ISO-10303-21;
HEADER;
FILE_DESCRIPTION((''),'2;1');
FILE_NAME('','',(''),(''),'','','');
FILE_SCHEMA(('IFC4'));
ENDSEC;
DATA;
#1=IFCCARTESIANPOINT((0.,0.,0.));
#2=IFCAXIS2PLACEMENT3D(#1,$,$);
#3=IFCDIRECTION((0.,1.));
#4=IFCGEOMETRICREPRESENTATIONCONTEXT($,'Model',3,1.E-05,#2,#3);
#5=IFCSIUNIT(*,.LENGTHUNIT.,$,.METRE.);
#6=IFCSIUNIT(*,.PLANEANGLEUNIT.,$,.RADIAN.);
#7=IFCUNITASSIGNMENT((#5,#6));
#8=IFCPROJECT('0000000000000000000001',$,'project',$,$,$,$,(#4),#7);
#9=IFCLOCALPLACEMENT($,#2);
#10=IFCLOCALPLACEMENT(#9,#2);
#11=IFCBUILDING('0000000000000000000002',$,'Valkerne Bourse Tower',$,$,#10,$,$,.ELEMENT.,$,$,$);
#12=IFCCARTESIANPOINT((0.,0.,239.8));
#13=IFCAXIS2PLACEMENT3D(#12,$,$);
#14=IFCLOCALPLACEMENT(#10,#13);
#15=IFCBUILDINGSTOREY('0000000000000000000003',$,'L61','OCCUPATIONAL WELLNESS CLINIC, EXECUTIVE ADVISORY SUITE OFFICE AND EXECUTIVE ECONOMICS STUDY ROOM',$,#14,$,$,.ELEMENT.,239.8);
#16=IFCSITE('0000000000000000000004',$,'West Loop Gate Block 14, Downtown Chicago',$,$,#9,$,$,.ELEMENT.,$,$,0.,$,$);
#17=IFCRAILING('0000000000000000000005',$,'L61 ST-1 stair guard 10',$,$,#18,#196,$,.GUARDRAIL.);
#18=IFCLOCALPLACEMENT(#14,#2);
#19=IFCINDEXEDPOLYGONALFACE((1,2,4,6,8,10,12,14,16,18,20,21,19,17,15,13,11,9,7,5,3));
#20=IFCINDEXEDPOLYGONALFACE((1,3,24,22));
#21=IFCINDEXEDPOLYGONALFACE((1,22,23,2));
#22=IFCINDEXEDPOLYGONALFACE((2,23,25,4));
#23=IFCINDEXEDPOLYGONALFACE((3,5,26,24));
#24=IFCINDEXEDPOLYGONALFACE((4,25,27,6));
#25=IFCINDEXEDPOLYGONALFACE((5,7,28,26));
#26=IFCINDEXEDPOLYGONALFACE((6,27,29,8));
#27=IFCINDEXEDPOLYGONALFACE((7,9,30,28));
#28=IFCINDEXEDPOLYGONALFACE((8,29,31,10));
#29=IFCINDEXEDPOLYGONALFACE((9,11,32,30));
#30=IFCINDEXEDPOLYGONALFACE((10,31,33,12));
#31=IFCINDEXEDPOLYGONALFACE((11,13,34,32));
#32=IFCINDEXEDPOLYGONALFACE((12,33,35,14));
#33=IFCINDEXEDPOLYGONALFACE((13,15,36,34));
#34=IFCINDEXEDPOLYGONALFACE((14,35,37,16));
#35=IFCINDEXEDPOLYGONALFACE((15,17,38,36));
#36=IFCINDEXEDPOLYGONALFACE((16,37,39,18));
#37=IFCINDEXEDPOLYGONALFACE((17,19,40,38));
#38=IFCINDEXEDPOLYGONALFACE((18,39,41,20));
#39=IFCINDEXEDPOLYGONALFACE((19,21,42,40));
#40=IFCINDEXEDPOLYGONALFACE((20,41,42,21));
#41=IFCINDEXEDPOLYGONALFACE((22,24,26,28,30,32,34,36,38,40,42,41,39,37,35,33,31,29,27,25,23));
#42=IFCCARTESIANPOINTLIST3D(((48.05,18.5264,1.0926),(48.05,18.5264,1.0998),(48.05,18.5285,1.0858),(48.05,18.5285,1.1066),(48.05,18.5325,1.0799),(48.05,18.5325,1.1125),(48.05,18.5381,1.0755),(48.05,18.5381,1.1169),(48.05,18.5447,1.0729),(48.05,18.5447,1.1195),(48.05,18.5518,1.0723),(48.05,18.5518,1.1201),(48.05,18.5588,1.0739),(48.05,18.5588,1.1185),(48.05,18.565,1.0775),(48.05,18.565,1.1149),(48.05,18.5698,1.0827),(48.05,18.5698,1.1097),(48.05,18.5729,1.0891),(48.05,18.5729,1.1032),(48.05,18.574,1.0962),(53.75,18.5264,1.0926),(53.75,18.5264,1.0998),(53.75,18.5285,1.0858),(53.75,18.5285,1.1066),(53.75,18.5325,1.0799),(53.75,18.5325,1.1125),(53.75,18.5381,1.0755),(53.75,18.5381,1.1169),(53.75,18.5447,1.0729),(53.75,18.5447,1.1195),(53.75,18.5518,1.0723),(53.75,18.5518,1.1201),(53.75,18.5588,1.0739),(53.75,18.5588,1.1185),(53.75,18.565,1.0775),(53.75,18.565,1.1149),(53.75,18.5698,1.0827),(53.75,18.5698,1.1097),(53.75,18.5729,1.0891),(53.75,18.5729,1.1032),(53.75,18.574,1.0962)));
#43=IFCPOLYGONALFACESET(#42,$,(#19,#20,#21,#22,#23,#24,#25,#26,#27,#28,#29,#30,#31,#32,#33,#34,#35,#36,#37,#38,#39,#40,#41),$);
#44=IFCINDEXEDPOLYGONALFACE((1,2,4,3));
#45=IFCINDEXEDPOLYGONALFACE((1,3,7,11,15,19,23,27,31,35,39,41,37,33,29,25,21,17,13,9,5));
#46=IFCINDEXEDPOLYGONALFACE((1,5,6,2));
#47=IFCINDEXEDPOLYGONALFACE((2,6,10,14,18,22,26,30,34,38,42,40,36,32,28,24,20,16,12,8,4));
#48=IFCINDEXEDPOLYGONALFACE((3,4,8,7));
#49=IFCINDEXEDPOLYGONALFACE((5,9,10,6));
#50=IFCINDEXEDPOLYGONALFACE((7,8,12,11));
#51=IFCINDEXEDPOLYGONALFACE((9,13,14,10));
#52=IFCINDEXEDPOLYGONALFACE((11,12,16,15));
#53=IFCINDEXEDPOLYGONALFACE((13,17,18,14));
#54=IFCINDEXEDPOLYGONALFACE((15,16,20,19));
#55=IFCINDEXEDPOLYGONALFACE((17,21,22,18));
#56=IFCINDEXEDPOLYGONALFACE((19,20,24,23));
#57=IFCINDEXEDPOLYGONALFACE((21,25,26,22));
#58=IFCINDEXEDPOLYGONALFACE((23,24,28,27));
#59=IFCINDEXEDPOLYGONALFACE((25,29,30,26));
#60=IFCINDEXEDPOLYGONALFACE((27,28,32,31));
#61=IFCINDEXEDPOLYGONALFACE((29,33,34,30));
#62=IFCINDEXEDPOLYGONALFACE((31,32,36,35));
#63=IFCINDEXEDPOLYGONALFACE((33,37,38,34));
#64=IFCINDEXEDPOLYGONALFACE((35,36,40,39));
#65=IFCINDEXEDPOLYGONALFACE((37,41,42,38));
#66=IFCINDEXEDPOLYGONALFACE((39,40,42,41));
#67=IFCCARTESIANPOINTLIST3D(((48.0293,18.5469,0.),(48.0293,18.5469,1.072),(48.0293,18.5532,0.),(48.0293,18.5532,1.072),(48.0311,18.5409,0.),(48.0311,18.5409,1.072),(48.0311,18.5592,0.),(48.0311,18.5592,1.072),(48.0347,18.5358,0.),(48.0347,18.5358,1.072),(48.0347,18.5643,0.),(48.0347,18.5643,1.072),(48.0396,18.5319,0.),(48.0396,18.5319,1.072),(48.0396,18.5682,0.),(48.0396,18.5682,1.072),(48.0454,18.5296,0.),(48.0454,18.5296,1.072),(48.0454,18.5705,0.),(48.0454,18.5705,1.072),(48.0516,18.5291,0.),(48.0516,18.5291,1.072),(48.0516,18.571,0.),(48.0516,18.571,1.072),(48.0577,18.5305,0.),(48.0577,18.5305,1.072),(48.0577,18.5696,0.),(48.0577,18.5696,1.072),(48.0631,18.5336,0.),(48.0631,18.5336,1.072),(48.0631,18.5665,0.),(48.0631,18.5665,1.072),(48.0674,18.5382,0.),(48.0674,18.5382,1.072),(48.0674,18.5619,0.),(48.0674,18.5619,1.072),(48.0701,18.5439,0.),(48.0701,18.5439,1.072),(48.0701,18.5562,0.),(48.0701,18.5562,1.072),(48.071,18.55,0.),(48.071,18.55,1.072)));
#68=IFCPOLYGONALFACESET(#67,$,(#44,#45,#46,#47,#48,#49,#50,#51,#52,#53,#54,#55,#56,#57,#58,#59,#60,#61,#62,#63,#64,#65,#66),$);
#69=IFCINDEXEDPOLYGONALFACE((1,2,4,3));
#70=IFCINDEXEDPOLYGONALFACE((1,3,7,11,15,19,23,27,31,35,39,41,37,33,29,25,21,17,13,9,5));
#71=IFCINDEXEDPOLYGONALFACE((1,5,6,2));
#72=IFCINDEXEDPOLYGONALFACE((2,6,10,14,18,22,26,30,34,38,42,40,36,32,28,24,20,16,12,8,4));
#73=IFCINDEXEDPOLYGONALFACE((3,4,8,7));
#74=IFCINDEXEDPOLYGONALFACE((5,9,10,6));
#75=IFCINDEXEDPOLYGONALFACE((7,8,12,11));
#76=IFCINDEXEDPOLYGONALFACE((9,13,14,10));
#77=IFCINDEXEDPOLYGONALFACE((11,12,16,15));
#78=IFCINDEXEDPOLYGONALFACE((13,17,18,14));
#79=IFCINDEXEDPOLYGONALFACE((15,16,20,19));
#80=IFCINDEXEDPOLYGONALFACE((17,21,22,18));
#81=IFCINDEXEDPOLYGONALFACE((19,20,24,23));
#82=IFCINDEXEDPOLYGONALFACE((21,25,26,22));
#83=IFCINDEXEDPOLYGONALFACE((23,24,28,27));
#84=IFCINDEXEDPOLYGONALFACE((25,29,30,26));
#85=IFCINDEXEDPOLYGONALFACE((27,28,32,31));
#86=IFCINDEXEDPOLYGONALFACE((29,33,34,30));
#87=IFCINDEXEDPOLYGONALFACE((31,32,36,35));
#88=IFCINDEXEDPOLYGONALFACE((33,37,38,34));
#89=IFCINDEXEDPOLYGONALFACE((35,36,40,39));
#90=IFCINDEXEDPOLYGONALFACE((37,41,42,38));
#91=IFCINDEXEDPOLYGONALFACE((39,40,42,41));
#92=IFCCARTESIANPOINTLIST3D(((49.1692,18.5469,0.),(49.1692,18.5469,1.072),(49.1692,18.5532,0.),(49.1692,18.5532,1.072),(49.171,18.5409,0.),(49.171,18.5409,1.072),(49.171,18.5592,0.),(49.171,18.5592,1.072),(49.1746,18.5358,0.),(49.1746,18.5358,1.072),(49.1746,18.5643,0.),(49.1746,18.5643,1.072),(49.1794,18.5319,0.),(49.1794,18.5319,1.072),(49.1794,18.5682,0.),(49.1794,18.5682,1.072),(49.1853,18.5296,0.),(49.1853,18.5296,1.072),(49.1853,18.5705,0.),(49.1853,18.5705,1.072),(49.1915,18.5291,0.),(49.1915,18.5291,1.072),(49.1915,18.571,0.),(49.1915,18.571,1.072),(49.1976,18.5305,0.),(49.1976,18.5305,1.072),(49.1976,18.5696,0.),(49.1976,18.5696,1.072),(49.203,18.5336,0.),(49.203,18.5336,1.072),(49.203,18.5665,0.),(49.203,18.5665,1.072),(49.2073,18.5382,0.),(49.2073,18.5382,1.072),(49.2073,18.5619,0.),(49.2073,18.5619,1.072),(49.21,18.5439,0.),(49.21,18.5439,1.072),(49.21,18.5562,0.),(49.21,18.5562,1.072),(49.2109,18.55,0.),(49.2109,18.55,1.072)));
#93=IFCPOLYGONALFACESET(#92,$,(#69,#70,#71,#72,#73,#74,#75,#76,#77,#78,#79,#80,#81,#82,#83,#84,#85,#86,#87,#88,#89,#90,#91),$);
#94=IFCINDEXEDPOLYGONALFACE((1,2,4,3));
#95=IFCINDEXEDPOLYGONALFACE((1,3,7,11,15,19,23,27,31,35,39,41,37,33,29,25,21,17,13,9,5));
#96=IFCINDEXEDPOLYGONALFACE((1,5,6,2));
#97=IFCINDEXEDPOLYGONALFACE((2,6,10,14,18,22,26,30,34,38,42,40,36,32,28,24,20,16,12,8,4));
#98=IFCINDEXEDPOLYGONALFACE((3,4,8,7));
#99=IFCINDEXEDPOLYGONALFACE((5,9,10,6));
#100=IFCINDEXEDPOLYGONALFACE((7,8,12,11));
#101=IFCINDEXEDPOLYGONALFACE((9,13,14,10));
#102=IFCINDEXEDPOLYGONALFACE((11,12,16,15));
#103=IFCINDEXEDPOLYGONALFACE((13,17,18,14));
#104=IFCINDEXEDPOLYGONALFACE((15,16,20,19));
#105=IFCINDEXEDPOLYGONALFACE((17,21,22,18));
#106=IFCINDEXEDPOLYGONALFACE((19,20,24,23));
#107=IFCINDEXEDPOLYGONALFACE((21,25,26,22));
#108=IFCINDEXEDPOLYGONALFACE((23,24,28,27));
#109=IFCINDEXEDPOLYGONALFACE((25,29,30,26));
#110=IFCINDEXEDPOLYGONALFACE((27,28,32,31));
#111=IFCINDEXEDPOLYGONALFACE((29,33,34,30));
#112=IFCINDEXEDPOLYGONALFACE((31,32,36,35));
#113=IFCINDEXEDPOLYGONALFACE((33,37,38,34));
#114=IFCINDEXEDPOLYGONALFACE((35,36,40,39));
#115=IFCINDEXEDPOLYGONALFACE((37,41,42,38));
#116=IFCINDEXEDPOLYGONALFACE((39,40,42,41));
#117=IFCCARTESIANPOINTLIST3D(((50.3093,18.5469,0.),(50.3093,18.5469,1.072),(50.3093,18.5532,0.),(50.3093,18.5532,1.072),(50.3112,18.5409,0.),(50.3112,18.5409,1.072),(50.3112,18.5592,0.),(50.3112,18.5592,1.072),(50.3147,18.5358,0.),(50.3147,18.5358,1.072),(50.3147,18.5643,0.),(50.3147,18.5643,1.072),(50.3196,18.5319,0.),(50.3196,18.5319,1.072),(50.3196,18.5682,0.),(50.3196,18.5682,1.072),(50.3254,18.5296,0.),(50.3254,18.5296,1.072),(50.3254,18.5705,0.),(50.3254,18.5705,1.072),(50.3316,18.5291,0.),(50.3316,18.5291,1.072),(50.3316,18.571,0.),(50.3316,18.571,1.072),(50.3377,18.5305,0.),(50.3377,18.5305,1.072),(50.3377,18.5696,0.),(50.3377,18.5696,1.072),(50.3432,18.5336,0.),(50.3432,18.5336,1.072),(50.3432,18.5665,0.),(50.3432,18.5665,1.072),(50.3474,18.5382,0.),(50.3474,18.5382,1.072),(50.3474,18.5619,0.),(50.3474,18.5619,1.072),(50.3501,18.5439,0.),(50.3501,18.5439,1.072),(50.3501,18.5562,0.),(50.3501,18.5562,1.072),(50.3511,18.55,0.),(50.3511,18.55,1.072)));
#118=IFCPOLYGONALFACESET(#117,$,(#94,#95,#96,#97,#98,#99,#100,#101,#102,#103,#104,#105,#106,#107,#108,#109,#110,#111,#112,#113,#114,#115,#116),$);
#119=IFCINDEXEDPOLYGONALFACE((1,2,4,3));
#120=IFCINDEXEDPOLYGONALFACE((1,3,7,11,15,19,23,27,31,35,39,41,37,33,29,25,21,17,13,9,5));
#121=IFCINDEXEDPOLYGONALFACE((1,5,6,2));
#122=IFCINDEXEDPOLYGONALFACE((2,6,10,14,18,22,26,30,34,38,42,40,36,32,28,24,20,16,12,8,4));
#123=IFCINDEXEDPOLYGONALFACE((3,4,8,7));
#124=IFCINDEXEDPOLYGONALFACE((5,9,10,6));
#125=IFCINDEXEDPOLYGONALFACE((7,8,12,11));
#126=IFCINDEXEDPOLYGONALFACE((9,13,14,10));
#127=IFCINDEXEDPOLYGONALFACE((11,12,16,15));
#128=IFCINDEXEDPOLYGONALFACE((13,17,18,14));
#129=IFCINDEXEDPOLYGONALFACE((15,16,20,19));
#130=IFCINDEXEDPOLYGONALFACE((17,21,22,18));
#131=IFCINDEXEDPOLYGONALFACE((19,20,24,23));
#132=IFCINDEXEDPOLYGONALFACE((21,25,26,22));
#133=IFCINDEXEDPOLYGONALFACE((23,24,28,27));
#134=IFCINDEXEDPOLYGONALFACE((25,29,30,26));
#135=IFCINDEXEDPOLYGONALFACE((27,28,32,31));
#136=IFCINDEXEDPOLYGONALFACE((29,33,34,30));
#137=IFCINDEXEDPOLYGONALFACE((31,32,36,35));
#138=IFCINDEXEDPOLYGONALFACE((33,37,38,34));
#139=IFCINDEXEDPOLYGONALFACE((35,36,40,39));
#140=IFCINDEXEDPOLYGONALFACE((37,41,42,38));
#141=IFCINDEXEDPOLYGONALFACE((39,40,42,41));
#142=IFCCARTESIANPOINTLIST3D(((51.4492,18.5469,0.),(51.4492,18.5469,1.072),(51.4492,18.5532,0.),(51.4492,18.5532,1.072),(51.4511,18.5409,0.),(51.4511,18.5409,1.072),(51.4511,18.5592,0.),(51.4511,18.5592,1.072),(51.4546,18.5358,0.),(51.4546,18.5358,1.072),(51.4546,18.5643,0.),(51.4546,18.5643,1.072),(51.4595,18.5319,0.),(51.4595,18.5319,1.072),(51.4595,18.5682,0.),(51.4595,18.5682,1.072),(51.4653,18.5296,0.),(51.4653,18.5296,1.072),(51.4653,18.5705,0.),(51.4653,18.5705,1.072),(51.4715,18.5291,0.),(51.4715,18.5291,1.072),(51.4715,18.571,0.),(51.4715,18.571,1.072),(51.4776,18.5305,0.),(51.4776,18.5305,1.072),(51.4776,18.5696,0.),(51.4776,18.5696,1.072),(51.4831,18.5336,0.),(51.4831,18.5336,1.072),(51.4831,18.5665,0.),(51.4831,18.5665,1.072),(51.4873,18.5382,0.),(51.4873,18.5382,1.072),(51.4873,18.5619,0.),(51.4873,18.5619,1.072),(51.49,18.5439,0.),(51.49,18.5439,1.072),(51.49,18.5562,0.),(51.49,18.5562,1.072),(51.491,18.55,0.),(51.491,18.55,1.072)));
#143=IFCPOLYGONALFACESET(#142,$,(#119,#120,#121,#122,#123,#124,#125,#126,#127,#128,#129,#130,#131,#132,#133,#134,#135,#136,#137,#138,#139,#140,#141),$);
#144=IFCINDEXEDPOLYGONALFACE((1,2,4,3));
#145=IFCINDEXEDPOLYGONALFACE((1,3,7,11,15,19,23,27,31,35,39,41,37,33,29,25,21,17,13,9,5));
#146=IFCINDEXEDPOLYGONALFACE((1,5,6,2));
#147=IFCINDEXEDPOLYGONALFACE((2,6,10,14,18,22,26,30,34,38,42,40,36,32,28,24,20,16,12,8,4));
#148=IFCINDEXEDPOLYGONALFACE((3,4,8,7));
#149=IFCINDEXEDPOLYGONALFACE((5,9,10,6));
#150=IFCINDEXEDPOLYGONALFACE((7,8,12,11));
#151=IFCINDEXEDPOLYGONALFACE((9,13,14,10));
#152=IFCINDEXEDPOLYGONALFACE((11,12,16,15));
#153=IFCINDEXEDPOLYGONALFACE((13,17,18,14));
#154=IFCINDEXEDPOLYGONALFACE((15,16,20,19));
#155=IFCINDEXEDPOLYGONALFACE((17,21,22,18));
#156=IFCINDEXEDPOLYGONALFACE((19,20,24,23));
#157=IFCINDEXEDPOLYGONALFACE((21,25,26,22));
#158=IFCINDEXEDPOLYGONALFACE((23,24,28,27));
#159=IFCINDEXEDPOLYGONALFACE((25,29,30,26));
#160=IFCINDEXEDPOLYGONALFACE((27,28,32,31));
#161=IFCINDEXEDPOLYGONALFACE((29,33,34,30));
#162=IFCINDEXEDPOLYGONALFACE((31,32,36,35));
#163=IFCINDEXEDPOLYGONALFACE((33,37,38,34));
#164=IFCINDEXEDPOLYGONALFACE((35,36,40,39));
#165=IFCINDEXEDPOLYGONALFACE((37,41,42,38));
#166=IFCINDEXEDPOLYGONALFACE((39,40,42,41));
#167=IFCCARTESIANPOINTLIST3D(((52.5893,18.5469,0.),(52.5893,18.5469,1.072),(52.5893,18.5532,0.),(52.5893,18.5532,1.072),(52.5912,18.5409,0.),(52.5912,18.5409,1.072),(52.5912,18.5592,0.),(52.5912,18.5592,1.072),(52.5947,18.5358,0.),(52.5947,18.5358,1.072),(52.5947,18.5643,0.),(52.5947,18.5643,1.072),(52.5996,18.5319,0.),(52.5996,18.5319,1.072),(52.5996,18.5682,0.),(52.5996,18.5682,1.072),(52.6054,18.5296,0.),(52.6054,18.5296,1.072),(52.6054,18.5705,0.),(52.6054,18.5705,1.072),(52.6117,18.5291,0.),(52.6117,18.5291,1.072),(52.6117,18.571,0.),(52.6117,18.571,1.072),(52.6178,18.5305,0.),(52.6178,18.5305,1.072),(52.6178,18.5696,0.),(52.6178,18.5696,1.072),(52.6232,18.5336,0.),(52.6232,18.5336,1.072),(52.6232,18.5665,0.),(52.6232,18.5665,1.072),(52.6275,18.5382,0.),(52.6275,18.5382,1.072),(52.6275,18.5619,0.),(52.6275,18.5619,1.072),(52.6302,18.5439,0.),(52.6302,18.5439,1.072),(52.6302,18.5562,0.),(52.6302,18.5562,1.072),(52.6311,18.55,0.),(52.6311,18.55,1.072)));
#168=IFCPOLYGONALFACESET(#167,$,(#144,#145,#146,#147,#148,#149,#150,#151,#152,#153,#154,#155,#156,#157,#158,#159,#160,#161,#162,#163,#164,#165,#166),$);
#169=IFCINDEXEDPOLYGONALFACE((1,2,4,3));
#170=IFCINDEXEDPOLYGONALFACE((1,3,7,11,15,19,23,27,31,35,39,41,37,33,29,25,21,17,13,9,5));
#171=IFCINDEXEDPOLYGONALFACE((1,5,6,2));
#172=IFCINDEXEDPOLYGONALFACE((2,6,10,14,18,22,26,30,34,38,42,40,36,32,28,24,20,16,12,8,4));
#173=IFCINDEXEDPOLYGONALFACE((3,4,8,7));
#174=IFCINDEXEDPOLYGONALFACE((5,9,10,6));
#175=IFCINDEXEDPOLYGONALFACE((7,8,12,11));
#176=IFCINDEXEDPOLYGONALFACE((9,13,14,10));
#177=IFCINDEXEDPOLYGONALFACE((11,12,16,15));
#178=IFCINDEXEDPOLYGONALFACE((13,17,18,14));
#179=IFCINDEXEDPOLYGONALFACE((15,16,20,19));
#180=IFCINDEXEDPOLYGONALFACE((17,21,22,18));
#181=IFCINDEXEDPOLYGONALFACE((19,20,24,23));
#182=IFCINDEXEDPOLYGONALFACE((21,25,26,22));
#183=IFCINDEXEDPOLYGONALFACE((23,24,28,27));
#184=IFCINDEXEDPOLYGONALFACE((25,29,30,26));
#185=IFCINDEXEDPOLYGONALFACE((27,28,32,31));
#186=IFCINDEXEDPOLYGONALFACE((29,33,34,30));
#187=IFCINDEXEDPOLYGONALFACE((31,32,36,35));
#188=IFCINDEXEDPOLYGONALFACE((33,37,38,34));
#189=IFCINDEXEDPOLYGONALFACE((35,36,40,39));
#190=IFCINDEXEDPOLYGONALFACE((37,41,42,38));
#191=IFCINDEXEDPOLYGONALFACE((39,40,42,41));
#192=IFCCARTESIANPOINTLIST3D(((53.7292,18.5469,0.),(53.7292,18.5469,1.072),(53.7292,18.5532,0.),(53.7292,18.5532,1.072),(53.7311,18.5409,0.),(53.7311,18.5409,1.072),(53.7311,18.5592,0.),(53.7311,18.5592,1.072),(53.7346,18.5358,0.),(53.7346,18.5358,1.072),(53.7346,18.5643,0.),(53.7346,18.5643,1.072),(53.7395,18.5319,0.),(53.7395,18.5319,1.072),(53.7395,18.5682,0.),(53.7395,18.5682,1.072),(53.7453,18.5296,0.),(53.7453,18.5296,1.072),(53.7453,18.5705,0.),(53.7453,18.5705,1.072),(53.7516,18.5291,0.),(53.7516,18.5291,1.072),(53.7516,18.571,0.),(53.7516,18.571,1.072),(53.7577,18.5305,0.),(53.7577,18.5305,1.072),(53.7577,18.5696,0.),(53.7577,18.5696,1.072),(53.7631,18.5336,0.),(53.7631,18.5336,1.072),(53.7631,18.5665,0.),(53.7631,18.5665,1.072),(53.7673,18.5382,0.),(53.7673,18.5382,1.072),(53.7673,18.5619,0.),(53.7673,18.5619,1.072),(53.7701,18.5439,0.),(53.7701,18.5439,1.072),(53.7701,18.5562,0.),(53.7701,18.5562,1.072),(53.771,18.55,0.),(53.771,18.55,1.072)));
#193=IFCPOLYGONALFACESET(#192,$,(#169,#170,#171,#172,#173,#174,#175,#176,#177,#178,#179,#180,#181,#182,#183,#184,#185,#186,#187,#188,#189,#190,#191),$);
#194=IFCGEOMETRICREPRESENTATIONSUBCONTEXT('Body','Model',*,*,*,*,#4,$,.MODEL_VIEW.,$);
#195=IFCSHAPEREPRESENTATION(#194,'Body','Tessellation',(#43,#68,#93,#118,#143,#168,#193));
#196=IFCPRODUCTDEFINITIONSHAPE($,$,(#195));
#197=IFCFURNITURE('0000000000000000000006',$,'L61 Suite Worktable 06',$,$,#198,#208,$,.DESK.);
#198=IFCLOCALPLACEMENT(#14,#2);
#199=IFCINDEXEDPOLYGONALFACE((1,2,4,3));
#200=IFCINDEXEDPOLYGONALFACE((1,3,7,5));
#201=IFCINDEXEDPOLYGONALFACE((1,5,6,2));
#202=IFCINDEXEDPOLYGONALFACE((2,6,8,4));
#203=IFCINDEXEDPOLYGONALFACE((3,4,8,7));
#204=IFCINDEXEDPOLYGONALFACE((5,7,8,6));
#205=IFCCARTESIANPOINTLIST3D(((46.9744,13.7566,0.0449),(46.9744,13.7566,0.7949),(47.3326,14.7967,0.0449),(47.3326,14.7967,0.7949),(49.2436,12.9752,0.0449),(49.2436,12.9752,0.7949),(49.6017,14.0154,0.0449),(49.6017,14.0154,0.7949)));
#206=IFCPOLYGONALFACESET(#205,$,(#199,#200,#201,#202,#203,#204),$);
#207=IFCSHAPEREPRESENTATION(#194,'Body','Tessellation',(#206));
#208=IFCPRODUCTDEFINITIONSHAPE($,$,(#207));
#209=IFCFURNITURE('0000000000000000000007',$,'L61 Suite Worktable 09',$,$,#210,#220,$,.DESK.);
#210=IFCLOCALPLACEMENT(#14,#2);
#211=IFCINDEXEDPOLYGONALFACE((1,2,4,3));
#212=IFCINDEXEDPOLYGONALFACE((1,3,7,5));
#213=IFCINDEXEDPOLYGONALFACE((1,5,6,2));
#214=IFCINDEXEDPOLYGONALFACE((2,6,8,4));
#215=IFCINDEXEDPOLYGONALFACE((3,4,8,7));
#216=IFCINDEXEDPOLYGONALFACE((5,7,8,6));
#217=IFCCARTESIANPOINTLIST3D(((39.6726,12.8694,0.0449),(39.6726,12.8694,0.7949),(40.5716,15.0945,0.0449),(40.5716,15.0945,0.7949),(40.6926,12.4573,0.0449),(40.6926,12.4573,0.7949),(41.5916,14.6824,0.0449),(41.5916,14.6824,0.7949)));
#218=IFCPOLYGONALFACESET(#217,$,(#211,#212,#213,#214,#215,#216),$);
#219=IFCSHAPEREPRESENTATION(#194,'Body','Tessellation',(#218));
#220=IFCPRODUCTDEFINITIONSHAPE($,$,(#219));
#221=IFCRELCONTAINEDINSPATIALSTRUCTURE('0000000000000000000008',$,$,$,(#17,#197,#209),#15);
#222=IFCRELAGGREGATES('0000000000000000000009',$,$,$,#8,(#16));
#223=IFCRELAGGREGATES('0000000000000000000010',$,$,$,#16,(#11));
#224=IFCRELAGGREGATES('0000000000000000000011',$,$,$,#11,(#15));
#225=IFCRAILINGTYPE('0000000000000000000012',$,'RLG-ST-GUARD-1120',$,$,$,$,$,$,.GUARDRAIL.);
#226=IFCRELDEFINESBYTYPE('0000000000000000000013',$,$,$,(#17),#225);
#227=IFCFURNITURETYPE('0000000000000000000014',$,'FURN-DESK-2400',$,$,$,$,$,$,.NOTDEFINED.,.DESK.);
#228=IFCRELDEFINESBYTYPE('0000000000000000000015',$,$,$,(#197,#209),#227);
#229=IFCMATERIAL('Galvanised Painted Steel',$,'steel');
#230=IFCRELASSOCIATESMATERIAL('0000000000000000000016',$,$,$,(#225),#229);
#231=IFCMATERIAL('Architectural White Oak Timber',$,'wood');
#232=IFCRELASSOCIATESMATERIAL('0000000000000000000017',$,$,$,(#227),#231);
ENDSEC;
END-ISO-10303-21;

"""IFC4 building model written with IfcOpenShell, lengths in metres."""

from ifc_helpers import new_model, si_unit, direction, frame, origin, origin_2d, place, context, subcontext, project, spatial, rectangle, circle, extrude, material, type_object, element, save


model = new_model("IFC4")

# Units and contexts
model_context = context("Model", 3, precision=1e-05, world=origin(), true_north=direction((0.0, 1.0)))
body_context = subcontext(model_context, "Body", "Model", "MODEL_VIEW")
ifc_project = project(units=[si_unit("LENGTHUNIT", "METRE"), si_unit("PLANEANGLEUNIT", "RADIAN")], contexts=[model_context])

# Site, building, storey
site_placement = place(None, origin())
site = spatial("IfcSite", under=ifc_project, at=site_placement, Name="West Loop Gate Block 14, Downtown Chicago", CompositionType="ELEMENT", RefElevation=0.0)
building_placement = place(site_placement, origin())
building = spatial("IfcBuilding", under=site, at=building_placement, Name="Valkerne Bourse Tower", CompositionType="ELEMENT")
storey_placement = place(building_placement, frame((0.0, 0.0, 239.8)))
storey = spatial("IfcBuildingStorey", under=building, at=storey_placement, Name="L61", Description="OCCUPATIONAL WELLNESS CLINIC, EXECUTIVE ADVISORY SUITE OFFICE AND EXECUTIVE ECONOMICS STUDY ROOM", CompositionType="ELEMENT", Elevation=239.8)

# Railing
ifc_material_1 = material(Name="Galvanised Painted Steel", Category="steel")
railing_type = type_object("IfcRailingType", Name="RLG-ST-GUARD-1120", PredefinedType="GUARDRAIL", material=ifc_material_1)
railing_placement = place(storey_placement, frame((48.05, 18.55, 0.0)))
element("IfcRailing", 1, at=railing_placement, inside=storey, type_object=railing_type, Name="L61 ST-1 stair guard 10", PredefinedType="GUARDRAIL", context=body_context, shape_type="SweptSolid", body=[
    extrude(circle(Radius=0.0239, at=origin_2d()), frame((0.0, 0.0, 1.0962), z_axis=(1.0, 0.0, 0.0), x_axis=(0.0, 1.0, 0.0)), (0.0, 0.0, 1.0), 5.7),
    extrude(circle(Radius=0.021, at=origin_2d()), origin(), (0.0, 0.0, 1.0), 1.072),
    extrude(circle(Radius=0.021, at=origin_2d()), frame((1.1399, 0.0, 0.0)), (0.0, 0.0, 1.0), 1.072),
    extrude(circle(Radius=0.021, at=origin_2d()), frame((2.28, 0.0, 0.0)), (0.0, 0.0, 1.0), 1.072),
    extrude(circle(Radius=0.021, at=origin_2d()), frame((3.4199, 0.0, 0.0)), (0.0, 0.0, 1.0), 1.072),
    extrude(circle(Radius=0.021, at=origin_2d()), frame((4.5601, 0.0, 0.0)), (0.0, 0.0, 1.0), 1.072),
    extrude(circle(Radius=0.021, at=origin_2d()), frame((5.7, 0.0, 0.0)), (0.0, 0.0, 1.0), 1.072),
])

# Furniture
ifc_material_2 = material(Name="Architectural White Oak Timber", Category="wood")
furniture_type = type_object("IfcFurnitureType", Name="FURN-DESK-2400", AssemblyPlace="NOTDEFINED", PredefinedType="DESK", material=ifc_material_2)
for number, where, z_axis, x_axis, name in (
    (2, (48.2881, 13.886, 0.0449), (0.0, 0.0, 1.0), (-0.945519, 0.325568, 0.0), "L61 Suite Worktable 06"),
    (3, (40.6321, 13.7759, 0.0449), (0.0, 0.0, 1.0), (0.374607, 0.927184, 0.0), "L61 Suite Worktable 09"),
):
    element("IfcFurniture", number, at=place(storey_placement, frame(where, z_axis=z_axis, x_axis=x_axis)), inside=storey, type_object=furniture_type, Name=name, PredefinedType="DESK", context=body_context, shape_type="SweptSolid", body=[
        extrude(rectangle(XDim=2.3999, YDim=1.1001, at=origin_2d()), origin(), (0.0, 0.0, 1.0), 0.75),
    ])

save(model, "model.ifc")
